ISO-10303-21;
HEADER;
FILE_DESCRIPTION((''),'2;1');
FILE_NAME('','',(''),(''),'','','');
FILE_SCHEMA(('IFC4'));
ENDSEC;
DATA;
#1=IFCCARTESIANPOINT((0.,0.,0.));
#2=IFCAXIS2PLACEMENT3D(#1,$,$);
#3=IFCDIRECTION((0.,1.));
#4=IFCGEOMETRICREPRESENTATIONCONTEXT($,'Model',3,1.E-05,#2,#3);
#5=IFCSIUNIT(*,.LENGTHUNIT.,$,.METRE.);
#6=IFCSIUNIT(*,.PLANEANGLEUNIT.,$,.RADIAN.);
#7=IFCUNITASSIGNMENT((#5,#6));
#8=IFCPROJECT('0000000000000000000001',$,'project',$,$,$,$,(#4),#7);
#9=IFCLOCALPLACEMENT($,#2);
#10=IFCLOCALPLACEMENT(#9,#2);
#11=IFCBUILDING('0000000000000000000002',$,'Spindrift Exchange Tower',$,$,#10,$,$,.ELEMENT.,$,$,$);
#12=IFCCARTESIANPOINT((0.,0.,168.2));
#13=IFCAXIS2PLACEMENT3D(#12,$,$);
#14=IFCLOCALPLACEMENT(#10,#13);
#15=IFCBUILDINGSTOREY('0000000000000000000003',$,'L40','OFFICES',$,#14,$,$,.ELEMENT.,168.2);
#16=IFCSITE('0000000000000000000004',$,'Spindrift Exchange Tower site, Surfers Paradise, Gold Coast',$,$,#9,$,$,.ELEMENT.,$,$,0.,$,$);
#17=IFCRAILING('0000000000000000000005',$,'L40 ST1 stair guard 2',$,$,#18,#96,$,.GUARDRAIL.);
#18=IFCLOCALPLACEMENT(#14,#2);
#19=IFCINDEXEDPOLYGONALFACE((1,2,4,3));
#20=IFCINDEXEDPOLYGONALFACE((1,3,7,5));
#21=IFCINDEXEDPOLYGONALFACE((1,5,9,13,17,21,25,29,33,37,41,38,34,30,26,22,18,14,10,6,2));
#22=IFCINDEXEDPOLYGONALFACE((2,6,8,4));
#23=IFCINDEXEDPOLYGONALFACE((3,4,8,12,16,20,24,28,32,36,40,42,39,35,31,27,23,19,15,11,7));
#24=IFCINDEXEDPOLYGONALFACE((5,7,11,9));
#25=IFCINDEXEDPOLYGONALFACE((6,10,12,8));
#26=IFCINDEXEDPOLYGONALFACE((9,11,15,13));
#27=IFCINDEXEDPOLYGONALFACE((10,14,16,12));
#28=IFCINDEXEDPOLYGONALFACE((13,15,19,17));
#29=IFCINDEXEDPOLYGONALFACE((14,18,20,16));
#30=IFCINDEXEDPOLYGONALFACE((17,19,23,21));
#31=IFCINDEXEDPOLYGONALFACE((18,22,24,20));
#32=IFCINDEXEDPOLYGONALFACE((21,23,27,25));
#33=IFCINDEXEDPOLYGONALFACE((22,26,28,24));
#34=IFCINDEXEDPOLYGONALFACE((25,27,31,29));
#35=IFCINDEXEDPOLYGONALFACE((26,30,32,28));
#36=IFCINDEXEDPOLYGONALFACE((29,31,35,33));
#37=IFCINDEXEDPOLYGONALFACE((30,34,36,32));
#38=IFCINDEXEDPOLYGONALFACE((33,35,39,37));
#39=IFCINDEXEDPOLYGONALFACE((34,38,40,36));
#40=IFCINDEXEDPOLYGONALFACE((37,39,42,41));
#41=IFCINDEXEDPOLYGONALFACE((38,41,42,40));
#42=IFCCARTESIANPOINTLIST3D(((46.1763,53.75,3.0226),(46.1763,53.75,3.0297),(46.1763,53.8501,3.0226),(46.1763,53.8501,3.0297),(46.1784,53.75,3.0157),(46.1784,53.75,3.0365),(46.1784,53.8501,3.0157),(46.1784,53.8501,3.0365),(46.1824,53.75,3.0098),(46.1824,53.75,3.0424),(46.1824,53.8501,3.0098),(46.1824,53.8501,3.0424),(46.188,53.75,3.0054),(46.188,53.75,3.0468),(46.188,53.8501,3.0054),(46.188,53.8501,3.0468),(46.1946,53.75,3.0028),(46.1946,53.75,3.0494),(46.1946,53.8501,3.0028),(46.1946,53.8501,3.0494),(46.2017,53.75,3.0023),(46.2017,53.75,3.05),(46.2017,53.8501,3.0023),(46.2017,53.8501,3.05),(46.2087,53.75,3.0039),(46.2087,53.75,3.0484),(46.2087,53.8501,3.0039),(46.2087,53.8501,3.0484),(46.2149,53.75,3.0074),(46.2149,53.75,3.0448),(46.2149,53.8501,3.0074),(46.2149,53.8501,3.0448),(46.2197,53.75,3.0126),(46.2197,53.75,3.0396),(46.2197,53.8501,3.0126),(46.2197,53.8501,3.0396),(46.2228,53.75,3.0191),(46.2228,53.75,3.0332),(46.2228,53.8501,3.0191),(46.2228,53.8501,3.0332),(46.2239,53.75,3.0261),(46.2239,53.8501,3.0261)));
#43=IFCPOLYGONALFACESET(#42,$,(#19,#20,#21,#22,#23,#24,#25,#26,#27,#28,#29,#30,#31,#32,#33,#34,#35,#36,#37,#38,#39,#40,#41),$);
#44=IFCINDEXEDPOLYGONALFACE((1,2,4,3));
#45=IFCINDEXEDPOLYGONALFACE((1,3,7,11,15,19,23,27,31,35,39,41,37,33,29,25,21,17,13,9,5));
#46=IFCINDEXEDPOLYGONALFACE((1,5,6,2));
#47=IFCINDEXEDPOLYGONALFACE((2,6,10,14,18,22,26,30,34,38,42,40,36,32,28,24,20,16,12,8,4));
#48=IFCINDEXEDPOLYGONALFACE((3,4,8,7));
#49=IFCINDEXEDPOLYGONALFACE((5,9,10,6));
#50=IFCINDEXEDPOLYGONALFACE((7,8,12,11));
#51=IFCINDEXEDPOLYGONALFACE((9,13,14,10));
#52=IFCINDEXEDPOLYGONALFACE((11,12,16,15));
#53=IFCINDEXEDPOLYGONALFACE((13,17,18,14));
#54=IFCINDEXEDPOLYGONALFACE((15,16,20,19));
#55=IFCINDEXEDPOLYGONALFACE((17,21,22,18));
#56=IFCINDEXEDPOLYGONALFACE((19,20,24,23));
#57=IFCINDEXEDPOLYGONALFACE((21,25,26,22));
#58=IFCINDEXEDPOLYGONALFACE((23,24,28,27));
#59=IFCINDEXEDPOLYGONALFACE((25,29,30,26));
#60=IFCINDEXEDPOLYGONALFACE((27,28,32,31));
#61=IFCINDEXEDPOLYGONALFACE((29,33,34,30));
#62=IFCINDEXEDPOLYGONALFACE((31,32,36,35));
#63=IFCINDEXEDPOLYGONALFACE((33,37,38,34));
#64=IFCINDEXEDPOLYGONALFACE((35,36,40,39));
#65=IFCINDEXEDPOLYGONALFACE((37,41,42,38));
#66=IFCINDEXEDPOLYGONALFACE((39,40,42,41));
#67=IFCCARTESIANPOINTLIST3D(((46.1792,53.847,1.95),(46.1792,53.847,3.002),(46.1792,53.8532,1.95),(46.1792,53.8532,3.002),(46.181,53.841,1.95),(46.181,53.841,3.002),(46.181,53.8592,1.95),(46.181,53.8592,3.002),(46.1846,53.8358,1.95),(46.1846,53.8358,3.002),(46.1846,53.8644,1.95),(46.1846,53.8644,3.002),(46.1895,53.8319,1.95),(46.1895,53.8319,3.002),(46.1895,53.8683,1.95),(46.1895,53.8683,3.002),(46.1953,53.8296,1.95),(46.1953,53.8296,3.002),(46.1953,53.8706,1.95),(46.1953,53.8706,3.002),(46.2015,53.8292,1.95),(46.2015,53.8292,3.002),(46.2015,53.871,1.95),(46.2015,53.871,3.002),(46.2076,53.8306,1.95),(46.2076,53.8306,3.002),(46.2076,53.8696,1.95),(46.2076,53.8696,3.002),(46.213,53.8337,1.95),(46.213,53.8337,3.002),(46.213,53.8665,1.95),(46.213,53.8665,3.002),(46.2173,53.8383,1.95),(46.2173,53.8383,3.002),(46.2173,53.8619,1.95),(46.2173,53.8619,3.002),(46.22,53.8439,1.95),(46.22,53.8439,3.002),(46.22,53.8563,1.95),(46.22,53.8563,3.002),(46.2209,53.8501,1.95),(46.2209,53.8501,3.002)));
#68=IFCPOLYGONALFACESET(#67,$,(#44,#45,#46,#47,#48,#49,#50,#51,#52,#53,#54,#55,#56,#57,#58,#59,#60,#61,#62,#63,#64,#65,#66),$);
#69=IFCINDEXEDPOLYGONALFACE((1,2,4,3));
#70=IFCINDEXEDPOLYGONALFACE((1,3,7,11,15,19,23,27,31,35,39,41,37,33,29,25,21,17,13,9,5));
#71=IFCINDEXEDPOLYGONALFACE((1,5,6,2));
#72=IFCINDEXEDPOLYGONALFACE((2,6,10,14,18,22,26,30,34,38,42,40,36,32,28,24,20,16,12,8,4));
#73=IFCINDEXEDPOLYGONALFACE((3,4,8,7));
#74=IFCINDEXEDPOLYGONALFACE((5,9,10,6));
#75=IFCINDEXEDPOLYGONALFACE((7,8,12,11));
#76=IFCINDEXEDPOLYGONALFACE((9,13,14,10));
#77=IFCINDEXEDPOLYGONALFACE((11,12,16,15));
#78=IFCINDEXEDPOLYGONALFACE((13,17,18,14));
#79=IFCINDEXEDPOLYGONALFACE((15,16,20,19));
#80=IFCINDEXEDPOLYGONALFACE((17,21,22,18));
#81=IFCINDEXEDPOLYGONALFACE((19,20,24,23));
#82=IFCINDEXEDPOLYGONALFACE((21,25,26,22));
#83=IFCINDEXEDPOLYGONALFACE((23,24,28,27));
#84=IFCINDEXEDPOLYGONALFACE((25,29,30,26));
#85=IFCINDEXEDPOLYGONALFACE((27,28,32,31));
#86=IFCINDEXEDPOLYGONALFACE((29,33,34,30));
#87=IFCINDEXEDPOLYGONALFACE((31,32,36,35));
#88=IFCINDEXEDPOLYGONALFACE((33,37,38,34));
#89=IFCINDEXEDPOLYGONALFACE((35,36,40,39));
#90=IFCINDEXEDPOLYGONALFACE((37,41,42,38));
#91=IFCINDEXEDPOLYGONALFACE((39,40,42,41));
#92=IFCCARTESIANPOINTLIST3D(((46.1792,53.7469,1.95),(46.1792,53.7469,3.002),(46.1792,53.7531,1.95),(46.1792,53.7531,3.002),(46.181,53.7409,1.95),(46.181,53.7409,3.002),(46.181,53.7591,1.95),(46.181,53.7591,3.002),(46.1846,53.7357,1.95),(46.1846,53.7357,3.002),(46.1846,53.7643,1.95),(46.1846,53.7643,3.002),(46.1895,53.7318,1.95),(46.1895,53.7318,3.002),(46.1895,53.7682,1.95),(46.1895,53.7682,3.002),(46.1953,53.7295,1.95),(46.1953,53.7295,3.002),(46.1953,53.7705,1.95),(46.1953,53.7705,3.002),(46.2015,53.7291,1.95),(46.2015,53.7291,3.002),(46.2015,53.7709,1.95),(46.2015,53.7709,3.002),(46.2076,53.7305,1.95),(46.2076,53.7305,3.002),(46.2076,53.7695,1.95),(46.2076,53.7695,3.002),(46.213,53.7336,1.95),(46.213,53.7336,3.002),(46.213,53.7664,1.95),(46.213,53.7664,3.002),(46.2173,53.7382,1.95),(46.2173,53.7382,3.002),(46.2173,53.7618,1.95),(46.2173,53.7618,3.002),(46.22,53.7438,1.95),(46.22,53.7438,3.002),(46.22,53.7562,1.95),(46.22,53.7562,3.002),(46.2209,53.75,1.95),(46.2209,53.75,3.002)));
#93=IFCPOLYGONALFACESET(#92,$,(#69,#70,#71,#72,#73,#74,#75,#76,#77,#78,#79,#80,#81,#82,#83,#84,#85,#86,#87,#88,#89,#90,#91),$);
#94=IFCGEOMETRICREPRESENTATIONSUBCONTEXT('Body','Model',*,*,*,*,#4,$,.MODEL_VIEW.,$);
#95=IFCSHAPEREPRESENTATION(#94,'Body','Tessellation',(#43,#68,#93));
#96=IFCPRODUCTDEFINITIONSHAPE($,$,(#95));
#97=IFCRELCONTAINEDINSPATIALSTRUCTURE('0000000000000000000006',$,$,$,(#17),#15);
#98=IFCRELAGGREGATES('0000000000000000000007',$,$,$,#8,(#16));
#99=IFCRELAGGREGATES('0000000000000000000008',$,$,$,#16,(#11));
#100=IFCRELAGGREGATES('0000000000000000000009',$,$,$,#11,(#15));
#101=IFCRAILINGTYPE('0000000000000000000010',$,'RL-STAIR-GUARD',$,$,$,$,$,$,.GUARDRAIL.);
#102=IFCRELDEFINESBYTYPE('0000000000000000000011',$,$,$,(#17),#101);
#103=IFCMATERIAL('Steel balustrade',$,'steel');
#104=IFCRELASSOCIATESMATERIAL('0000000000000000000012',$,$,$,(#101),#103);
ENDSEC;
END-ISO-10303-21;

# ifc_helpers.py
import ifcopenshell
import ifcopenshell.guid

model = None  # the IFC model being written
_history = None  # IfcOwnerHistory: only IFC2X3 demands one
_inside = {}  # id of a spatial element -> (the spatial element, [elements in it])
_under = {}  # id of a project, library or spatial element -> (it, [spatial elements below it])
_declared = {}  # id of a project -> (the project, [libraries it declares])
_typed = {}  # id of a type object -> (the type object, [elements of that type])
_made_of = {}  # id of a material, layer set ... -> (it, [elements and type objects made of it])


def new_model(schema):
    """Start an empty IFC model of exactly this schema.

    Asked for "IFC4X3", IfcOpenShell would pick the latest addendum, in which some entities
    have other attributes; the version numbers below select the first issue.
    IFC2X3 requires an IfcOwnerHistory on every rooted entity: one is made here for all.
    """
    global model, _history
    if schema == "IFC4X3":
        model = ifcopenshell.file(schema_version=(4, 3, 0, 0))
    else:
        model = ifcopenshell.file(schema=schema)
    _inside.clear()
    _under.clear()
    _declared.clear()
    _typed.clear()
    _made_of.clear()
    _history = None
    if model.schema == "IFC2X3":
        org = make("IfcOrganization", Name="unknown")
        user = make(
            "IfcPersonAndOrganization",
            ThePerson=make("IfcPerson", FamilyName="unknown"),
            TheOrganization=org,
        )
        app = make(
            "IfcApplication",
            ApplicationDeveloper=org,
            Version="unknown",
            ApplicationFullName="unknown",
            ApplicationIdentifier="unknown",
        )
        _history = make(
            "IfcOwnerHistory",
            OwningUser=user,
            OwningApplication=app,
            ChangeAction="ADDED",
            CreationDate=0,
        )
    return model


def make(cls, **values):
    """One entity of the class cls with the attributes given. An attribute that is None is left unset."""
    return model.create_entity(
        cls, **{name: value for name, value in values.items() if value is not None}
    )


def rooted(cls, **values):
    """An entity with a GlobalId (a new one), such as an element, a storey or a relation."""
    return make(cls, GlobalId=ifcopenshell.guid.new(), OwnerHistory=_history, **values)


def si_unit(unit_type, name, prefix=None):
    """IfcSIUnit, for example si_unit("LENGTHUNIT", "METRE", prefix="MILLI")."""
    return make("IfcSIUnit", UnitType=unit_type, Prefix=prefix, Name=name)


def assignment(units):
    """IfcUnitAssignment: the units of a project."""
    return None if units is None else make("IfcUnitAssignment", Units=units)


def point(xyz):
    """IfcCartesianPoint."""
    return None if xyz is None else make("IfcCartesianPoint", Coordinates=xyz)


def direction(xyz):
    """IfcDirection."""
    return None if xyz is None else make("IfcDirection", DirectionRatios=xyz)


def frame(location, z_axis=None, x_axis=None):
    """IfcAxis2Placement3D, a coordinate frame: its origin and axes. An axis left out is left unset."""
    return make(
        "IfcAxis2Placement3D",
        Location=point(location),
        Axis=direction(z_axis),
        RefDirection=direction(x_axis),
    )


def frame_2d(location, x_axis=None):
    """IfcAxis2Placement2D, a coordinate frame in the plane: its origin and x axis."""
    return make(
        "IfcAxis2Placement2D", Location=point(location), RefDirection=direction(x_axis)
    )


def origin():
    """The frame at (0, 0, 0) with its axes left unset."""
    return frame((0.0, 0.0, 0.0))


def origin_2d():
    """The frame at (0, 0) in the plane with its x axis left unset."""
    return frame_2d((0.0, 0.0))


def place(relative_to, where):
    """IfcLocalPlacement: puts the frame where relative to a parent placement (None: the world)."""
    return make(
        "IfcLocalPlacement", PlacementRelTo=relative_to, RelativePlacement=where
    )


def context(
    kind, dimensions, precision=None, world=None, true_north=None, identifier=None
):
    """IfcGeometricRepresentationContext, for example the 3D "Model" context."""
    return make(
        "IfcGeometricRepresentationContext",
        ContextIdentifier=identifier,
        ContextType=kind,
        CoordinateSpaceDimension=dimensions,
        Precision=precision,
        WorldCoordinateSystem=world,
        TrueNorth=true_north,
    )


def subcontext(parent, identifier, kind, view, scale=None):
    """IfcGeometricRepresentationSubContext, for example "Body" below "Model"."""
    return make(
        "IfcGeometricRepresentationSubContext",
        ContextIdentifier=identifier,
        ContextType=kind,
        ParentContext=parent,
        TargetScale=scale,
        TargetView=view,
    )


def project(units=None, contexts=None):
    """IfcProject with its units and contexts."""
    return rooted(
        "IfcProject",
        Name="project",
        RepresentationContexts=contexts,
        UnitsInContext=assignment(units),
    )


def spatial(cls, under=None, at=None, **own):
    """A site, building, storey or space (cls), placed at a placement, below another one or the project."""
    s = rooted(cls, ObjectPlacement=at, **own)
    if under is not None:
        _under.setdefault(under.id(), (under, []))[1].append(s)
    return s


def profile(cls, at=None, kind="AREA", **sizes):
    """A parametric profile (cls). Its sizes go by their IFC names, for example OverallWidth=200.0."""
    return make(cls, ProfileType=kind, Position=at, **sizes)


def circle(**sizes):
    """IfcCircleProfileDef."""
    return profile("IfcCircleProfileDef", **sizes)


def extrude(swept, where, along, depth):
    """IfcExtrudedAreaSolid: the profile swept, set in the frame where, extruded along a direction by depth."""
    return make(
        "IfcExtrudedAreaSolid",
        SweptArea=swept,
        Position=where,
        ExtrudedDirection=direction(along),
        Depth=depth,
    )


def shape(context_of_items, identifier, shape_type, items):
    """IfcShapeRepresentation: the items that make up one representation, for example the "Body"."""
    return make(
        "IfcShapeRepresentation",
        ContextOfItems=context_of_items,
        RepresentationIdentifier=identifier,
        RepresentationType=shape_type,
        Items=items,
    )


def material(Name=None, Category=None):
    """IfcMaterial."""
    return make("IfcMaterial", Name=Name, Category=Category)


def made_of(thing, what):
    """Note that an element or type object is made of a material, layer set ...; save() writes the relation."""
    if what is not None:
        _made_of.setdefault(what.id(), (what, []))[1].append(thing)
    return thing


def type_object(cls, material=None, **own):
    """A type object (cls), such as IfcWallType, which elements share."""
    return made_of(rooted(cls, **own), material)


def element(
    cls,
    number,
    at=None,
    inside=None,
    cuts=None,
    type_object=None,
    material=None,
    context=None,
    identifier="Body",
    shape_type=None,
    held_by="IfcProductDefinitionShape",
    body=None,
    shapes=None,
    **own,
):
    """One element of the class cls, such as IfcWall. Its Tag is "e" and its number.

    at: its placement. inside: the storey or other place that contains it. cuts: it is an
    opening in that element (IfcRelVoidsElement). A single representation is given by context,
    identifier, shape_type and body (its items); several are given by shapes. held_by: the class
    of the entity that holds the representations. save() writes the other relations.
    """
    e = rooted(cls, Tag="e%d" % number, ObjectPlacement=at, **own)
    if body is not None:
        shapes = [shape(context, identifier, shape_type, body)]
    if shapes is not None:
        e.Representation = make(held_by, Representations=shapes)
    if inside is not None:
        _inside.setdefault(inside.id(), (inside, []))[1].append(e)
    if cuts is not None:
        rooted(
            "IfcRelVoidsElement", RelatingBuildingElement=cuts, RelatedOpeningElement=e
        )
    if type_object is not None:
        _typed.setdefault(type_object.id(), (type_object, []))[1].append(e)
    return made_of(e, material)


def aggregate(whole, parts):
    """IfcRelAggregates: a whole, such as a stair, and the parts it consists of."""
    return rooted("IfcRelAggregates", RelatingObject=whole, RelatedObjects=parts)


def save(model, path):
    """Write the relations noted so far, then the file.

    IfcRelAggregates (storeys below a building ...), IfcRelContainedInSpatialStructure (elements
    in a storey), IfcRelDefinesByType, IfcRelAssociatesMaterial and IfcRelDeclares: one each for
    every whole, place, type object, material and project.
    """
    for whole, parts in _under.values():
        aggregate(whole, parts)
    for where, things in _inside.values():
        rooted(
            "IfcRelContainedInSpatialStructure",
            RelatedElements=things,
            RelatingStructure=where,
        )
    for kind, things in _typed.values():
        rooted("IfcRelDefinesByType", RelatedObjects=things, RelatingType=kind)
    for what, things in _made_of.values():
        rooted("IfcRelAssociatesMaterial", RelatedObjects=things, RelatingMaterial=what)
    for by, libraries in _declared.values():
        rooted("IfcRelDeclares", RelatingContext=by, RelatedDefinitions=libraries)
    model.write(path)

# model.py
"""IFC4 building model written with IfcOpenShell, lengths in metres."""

from ifc_helpers import new_model, si_unit, direction, frame, origin, origin_2d, place, context, subcontext, project, spatial, circle, extrude, material, type_object, element, save


model = new_model("IFC4")

# Units and contexts
model_context = context("Model", 3, precision=1e-05, world=origin(), true_north=direction((0.0, 1.0)))
body_context = subcontext(model_context, "Body", "Model", "MODEL_VIEW")
ifc_project = project(units=[si_unit("LENGTHUNIT", "METRE"), si_unit("PLANEANGLEUNIT", "RADIAN")], contexts=[model_context])

# Site, building, storey
site_placement = place(None, origin())
site = spatial("IfcSite", under=ifc_project, at=site_placement, Name="Spindrift Exchange Tower site, Surfers Paradise, Gold Coast", CompositionType="ELEMENT", RefElevation=0.0)
building_placement = place(site_placement, origin())
building = spatial("IfcBuilding", under=site, at=building_placement, Name="Spindrift Exchange Tower", CompositionType="ELEMENT")
storey_placement = place(building_placement, frame((0.0, 0.0, 168.2)))
storey = spatial("IfcBuildingStorey", under=building, at=storey_placement, Name="L40", Description="OFFICES", CompositionType="ELEMENT", Elevation=168.2)

# Railing
ifc_material_1 = material(Name="Steel balustrade", Category="steel")
railing_type_1 = type_object("IfcRailingType", Name="RL-STAIR-GUARD", PredefinedType="GUARDRAIL", material=ifc_material_1)
railing_1_placement = place(storey_placement, frame((46.2, 53.8501, 1.95)))
element("IfcRailing", 1, at=railing_1_placement, inside=storey, type_object=railing_type_1, Name="L40 ST1 stair guard 2", PredefinedType="GUARDRAIL", context=body_context, shape_type="SweptSolid", body=[
    extrude(circle(Radius=0.0239, at=origin_2d()), frame((0.0, 0.0, 1.0762), z_axis=(0.0, -1.0, 0.0), x_axis=(1.0, 0.0, 0.0)), (0.0, 0.0, 1.0), 0.1001),
    extrude(circle(Radius=0.021, at=origin_2d()), origin(), (0.0, 0.0, 1.0), 1.052),
    extrude(circle(Radius=0.021, at=origin_2d()), frame((0.0, -0.1001, 0.0)), (0.0, 0.0, 1.0), 1.052),
])

save(model, "model.ifc")
